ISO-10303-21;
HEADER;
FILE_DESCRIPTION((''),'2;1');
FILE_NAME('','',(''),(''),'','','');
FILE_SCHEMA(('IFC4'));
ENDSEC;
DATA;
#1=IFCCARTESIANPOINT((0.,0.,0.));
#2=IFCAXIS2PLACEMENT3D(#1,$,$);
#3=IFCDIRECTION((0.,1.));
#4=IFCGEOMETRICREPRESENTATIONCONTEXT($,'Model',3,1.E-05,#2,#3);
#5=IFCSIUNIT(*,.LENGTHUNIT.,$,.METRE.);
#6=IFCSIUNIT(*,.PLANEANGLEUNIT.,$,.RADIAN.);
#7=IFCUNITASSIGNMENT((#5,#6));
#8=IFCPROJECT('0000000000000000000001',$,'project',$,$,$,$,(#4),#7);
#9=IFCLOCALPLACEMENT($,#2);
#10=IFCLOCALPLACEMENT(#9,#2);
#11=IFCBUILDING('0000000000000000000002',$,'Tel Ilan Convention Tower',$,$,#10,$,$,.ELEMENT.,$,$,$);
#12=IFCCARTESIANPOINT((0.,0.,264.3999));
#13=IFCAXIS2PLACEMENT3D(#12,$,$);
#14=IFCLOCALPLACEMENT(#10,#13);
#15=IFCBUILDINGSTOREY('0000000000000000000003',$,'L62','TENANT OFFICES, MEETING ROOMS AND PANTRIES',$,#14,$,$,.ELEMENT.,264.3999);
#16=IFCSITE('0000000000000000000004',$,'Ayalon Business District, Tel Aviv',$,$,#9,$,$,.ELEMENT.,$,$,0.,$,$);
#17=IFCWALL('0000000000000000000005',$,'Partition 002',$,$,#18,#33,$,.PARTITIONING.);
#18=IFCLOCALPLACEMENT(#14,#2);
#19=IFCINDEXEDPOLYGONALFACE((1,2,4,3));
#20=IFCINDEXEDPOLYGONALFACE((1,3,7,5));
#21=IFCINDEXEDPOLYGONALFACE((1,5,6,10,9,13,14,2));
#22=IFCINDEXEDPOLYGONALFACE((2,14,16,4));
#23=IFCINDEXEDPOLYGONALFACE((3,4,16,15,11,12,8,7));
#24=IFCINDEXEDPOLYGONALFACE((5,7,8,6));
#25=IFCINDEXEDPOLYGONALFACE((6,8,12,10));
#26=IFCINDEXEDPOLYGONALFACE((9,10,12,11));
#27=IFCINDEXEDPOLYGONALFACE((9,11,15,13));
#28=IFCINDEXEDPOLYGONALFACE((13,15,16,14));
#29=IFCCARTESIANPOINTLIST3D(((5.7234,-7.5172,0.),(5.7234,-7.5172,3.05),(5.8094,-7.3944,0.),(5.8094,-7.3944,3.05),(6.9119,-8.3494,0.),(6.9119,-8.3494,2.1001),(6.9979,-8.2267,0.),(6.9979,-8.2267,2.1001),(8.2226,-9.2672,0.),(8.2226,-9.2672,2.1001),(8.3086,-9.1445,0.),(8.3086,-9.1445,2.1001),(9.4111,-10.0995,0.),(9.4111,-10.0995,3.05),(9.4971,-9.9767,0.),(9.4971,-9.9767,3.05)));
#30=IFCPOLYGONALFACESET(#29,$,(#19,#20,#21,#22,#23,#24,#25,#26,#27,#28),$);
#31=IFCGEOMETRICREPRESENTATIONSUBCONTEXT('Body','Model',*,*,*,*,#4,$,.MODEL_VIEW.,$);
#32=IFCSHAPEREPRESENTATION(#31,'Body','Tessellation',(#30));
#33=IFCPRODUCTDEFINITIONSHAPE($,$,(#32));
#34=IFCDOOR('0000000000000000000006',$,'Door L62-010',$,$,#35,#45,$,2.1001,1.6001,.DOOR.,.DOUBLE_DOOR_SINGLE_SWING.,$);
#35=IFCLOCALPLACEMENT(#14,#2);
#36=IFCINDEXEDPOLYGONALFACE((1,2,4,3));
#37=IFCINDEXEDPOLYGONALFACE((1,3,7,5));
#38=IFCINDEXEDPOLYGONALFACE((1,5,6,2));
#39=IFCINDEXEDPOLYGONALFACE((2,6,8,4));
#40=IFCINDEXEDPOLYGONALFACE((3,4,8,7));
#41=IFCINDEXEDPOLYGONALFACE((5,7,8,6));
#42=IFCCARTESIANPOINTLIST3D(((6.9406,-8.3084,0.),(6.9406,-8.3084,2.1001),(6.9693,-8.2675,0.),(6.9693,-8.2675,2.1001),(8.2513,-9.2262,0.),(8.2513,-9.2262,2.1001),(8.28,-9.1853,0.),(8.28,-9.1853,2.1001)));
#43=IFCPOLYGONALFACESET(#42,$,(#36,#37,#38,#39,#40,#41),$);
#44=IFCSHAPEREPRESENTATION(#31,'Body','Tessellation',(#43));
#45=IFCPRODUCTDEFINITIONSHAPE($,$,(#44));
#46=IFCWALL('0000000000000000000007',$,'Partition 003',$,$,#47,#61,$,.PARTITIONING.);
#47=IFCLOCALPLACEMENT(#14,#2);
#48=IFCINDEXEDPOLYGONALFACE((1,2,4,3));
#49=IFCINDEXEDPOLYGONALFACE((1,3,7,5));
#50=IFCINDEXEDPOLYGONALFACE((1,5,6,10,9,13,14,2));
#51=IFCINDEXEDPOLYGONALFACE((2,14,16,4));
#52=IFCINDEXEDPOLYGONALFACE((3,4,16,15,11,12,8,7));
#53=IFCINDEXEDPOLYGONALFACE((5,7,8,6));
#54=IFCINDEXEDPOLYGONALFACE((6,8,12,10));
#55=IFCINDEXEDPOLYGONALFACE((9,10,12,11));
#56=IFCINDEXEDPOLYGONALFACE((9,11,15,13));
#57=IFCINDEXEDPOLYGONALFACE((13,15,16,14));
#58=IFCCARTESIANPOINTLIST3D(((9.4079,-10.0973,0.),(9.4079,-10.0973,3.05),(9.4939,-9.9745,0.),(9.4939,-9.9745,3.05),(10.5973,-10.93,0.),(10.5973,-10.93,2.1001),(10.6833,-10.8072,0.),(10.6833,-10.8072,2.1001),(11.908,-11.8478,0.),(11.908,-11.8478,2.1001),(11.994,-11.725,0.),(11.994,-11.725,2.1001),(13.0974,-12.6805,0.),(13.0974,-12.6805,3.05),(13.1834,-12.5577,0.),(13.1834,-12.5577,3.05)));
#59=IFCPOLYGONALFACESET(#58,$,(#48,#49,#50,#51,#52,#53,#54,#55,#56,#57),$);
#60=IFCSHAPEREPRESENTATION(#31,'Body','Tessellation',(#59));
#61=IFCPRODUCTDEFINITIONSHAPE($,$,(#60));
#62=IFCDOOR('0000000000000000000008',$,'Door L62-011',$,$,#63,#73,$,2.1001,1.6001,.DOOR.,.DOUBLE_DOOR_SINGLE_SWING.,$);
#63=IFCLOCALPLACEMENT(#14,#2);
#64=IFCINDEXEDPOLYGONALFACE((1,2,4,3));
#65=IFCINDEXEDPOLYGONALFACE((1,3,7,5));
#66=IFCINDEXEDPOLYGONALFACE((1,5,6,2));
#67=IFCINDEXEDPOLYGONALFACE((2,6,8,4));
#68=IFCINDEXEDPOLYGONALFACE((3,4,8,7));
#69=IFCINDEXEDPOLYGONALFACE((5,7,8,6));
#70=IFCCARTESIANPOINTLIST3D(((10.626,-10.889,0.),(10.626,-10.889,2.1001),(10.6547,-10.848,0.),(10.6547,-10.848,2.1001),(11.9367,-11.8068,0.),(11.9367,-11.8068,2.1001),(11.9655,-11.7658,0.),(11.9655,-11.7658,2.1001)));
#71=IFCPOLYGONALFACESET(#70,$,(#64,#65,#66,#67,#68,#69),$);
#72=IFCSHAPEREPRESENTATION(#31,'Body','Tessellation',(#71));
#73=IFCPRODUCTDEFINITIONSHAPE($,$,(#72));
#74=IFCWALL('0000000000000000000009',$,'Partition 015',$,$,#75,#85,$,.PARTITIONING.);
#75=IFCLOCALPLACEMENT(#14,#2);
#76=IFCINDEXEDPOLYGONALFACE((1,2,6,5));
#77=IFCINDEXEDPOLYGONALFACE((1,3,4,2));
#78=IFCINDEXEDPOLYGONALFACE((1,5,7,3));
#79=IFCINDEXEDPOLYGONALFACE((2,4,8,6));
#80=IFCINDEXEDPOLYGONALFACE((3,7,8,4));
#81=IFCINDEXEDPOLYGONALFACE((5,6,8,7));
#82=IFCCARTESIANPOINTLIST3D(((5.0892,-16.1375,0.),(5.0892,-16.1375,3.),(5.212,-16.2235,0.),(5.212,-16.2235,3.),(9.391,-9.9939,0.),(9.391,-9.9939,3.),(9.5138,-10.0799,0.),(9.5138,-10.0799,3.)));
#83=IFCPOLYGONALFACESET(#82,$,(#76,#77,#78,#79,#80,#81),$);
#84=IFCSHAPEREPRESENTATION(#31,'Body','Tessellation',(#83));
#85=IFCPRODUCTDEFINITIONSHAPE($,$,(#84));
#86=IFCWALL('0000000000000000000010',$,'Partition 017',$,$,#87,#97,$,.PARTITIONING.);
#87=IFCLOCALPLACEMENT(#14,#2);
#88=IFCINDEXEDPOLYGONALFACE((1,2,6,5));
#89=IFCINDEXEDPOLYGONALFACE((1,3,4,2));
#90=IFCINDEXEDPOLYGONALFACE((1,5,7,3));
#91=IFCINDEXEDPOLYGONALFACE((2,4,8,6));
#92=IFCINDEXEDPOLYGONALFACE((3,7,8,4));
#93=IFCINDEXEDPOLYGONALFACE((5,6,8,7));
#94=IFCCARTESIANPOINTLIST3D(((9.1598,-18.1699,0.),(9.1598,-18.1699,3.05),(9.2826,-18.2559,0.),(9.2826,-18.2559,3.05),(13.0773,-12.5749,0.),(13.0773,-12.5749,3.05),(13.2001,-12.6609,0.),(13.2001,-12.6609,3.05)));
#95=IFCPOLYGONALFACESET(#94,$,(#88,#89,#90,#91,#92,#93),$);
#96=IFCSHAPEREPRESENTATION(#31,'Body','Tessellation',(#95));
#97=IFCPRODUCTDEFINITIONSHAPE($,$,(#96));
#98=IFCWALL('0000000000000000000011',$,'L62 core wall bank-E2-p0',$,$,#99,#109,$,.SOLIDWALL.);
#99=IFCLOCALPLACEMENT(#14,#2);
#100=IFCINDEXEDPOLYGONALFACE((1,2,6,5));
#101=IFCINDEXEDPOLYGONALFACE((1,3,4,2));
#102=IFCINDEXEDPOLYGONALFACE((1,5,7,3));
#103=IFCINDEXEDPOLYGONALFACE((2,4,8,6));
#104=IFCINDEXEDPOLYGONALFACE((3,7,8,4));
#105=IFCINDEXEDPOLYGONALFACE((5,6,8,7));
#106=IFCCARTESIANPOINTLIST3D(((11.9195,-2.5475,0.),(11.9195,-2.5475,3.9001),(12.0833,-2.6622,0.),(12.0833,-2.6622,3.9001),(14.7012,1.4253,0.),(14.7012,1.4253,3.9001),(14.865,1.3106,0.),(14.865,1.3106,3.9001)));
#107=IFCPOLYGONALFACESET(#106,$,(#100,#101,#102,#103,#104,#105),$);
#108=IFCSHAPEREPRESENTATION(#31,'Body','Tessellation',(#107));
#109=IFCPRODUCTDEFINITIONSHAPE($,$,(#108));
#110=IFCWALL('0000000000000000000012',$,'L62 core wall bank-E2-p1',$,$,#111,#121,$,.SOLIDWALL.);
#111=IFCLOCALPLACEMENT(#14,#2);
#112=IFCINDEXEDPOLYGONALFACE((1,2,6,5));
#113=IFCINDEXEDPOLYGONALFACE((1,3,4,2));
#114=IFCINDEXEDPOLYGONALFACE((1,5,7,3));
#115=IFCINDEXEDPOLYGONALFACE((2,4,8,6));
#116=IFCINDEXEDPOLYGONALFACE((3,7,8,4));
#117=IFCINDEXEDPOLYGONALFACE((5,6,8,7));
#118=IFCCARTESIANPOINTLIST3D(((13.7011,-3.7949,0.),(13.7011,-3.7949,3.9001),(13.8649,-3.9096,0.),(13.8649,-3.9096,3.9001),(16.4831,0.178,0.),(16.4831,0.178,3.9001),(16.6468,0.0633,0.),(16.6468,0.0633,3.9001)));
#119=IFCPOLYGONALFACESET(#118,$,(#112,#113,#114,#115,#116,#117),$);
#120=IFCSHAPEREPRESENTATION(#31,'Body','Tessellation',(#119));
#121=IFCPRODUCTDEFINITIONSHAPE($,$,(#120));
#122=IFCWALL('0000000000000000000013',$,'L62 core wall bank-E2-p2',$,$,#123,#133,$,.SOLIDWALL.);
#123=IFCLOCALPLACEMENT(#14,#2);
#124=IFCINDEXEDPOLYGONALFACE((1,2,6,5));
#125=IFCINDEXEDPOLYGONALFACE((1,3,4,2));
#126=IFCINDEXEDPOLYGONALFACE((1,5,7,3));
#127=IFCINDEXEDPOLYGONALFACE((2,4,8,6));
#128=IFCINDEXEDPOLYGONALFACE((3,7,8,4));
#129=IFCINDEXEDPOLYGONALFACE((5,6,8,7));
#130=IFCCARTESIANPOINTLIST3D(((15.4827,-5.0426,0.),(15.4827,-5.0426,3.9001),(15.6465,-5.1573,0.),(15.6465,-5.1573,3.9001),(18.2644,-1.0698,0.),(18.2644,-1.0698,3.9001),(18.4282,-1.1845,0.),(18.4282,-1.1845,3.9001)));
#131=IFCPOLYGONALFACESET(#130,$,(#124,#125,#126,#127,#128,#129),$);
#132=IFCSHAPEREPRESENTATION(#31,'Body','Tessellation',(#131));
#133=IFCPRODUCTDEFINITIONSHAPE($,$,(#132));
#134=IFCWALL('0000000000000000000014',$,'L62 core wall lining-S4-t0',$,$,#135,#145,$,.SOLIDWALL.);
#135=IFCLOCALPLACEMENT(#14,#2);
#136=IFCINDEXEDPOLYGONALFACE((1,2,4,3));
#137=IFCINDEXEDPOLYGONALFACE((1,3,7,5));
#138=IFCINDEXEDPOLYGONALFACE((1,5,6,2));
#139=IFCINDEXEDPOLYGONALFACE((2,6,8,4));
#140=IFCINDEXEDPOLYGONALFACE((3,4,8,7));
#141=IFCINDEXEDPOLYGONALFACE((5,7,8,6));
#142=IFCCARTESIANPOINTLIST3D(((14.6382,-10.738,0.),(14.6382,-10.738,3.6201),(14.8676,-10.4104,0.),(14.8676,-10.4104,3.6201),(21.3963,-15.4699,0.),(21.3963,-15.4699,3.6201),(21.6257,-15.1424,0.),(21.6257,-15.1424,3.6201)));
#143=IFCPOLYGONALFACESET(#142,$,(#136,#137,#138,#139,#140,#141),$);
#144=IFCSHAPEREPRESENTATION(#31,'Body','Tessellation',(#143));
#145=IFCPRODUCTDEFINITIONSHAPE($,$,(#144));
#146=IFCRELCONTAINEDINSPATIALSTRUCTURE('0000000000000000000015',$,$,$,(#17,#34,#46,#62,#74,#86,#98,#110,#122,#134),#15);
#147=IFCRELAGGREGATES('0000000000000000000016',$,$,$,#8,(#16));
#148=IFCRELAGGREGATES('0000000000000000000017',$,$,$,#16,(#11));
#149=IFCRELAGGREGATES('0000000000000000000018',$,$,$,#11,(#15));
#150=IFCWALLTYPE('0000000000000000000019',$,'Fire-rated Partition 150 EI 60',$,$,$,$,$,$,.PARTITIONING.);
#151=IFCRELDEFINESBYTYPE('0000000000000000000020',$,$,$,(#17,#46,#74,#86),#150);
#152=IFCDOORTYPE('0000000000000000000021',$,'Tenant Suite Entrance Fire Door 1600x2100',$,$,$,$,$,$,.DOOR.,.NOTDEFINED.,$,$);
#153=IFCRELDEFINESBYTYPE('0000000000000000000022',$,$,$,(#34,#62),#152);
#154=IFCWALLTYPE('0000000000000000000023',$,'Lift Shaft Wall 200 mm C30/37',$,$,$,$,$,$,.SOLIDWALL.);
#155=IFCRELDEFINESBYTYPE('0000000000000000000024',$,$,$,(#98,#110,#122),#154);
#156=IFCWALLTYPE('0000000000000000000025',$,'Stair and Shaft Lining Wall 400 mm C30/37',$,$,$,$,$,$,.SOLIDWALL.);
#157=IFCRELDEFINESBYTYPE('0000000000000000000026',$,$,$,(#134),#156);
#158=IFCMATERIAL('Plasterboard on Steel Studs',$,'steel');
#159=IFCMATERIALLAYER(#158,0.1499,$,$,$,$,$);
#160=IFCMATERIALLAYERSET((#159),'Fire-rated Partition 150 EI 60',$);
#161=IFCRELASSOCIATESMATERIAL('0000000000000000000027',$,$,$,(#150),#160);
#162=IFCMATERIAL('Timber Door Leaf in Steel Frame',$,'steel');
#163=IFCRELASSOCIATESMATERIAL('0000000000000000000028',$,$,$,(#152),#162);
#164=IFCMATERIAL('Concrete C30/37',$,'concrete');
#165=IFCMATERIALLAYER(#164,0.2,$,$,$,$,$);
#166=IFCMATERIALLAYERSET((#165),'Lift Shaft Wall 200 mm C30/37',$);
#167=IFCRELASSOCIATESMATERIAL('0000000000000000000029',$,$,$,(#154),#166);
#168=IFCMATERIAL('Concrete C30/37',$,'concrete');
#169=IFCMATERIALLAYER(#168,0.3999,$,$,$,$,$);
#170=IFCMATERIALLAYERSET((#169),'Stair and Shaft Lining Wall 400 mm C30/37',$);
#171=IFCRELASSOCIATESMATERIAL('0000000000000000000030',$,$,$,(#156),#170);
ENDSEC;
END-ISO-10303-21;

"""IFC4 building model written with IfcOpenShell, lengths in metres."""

from ifc_helpers import new_model, si_unit, direction, frame, frame_2d, origin, place, context, subcontext, project, spatial, rectangle, extrude, material, layer, layer_set, type_object, element, fill, save


model = new_model("IFC4")

# Units and contexts
model_context = context("Model", 3, precision=1e-05, world=origin(), true_north=direction((0.0, 1.0)))
body_context = subcontext(model_context, "Body", "Model", "MODEL_VIEW")
ifc_project = project(units=[si_unit("LENGTHUNIT", "METRE"), si_unit("PLANEANGLEUNIT", "RADIAN")], contexts=[model_context])

# Site, building, storey
site_placement = place(None, origin())
site = spatial("IfcSite", under=ifc_project, at=site_placement, Name="Ayalon Business District, Tel Aviv", CompositionType="ELEMENT", RefElevation=0.0)
building_placement = place(site_placement, origin())
building = spatial("IfcBuilding", under=site, at=building_placement, Name="Tel Ilan Convention Tower", CompositionType="ELEMENT")
storey_placement = place(building_placement, frame((0.0, 0.0, 264.3999)))
storey = spatial("IfcBuildingStorey", under=building, at=storey_placement, Name="L62", Description="TENANT OFFICES, MEETING ROOMS AND PANTRIES", CompositionType="ELEMENT", Elevation=264.3999)

# Walls, openings, doors
ifc_material_1 = material(Name="Plasterboard on Steel Studs", Category="steel")
ifc_layer_1 = layer(ifc_material_1, 0.1499)
ifc_layer_set_1 = layer_set([ifc_layer_1], Name="Fire-rated Partition 150 EI 60")
wall_type_1 = type_object("IfcWallType", Name="Fire-rated Partition 150 EI 60", PredefinedType="PARTITIONING", material=ifc_layer_set_1)
wall_1_placement = place(storey_placement, frame((9.4541, -10.0381, 0.0), z_axis=(0.0, 0.0, 1.0), x_axis=(-0.819143, 0.57359, 0.0)))
wall_1 = element("IfcWall", 1, at=wall_1_placement, inside=storey, type_object=wall_type_1, Name="Partition 002", PredefinedType="PARTITIONING", context=body_context, shape_type="SweptSolid", body=[
    extrude(rectangle(XDim=4.502, YDim=0.1499, at=frame_2d((2.251, 0.0))), origin(), (0.0, 0.0, 1.0), 3.05),
])
opening_1_placement = place(wall_1_placement, frame((1.4509, 0.0, 0.0)))
opening_1 = element("IfcOpeningElement", 2, at=opening_1_placement, cuts=wall_1, PredefinedType="OPENING", context=body_context, shape_type="SweptSolid", body=[
    extrude(rectangle(XDim=1.6001, YDim=2.1001, at=frame_2d((0.8, 1.05))), frame((0.0, 0.085, 0.0), z_axis=(0.0, -1.0, 0.0), x_axis=(1.0, 0.0, 0.0)), (0.0, 0.0, 1.0), 0.1699),
])
ifc_material_2 = material(Name="Timber Door Leaf in Steel Frame", Category="steel")
door_type_1 = type_object("IfcDoorType", Name="Tenant Suite Entrance Fire Door 1600x2100", OperationType="NOTDEFINED", PredefinedType="DOOR", material=ifc_material_2)
door_1_placement = place(opening_1_placement, origin())
door_1 = element("IfcDoor", 3, at=door_1_placement, inside=storey, type_object=door_type_1, Name="Door L62-010", OperationType="DOUBLE_DOOR_SINGLE_SWING", OverallHeight=2.1001, OverallWidth=1.6001, PredefinedType="DOOR", context=body_context, shape_type="SweptSolid", body=[
    extrude(rectangle(XDim=1.6001, YDim=2.1001, at=frame_2d((0.8, 1.05))), frame((0.0, 0.0249, 0.0), z_axis=(0.0, -1.0, 0.0), x_axis=(1.0, 0.0, 0.0)), (0.0, 0.0, 1.0), 0.05),
])
fill(opening_1, door_1)
wall_2_placement = place(storey_placement, frame((13.1404, -12.6191, 0.0), z_axis=(0.0, 0.0, 1.0), x_axis=(-0.819166, 0.573557, 0.0)))
wall_2 = element("IfcWall", 4, at=wall_2_placement, inside=storey, type_object=wall_type_1, Name="Partition 003", PredefinedType="PARTITIONING", context=body_context, shape_type="SweptSolid", body=[
    extrude(rectangle(XDim=4.5039, YDim=0.1499, at=frame_2d((2.252, 0.0))), origin(), (0.0, 0.0, 1.0), 3.05),
])
opening_2_placement = place(wall_2_placement, frame((1.4519, 0.0, 0.0)))
opening_2 = element("IfcOpeningElement", 5, at=opening_2_placement, cuts=wall_2, PredefinedType="OPENING", context=body_context, shape_type="SweptSolid", body=[
    extrude(rectangle(XDim=1.6001, YDim=2.1001, at=frame_2d((0.8, 1.05))), frame((0.0, 0.085, 0.0), z_axis=(0.0, -1.0, 0.0), x_axis=(1.0, 0.0, 0.0)), (0.0, 0.0, 1.0), 0.1699),
])
door_2_placement = place(opening_2_placement, origin())
door_2 = element("IfcDoor", 6, at=door_2_placement, inside=storey, type_object=door_type_1, Name="Door L62-011", OperationType="DOUBLE_DOOR_SINGLE_SWING", OverallHeight=2.1001, OverallWidth=1.6001, PredefinedType="DOOR", context=body_context, shape_type="SweptSolid", body=[
    extrude(rectangle(XDim=1.6001, YDim=2.1001, at=frame_2d((0.8, 1.05))), frame((0.0, 0.0249, 0.0), z_axis=(0.0, -1.0, 0.0), x_axis=(1.0, 0.0, 0.0)), (0.0, 0.0, 1.0), 0.05),
])
fill(opening_2, door_2)

# Walls
wall_3_placement = place(storey_placement, frame((9.4524, -10.0369, 0.0), z_axis=(0.0, 0.0, 1.0), x_axis=(-0.573576, -0.819152, 0.0)))
element("IfcWall", 7, at=wall_3_placement, inside=storey, type_object=wall_type_1, Name="Partition 015", PredefinedType="PARTITIONING", context=body_context, shape_type="SweptSolid", body=[
    extrude(rectangle(XDim=7.5, YDim=0.1499, at=frame_2d((3.75, 0.0))), origin(), (0.0, 0.0, 1.0), 3.0),
])
wall_4_placement = place(storey_placement, frame((13.1387, -12.6179, 0.0), z_axis=(0.0, 0.0, 1.0), x_axis=(-0.573561, -0.819163, 0.0)))
element("IfcWall", 8, at=wall_4_placement, inside=storey, type_object=wall_type_1, Name="Partition 017", PredefinedType="PARTITIONING", context=body_context, shape_type="SweptSolid", body=[
    extrude(rectangle(XDim=6.8301, YDim=0.1499, at=frame_2d((3.415, 0.0))), origin(), (0.0, 0.0, 1.0), 3.05),
])
ifc_material_3 = material(Name="Concrete C30/37", Category="concrete")
ifc_layer_2 = layer(ifc_material_3, 0.2)
ifc_layer_set_2 = layer_set([ifc_layer_2], Name="Lift Shaft Wall 200 mm C30/37")
wall_type_2 = type_object("IfcWallType", Name="Lift Shaft Wall 200 mm C30/37", PredefinedType="SOLIDWALL", material=ifc_layer_set_2)
wall_5_placement = place(storey_placement, frame((12.0015, -2.6047, 0.0), z_axis=(0.0, 0.0, 1.0), x_axis=(0.57356, 0.819163, 0.0)))
element("IfcWall", 9, at=wall_5_placement, inside=storey, type_object=wall_type_2, Name="L62 core wall bank-E2-p0", PredefinedType="SOLIDWALL", context=body_context, shape_type="SweptSolid", body=[
    extrude(rectangle(XDim=4.8499, YDim=0.2, at=frame_2d((2.4248, 0.0))), origin(), (0.0, 0.0, 1.0), 3.9001),
])
wall_6_placement = place(storey_placement, frame((13.783, -3.8523, 0.0), z_axis=(0.0, 0.0, 1.0), x_axis=(0.573594, 0.81914, 0.0)))
element("IfcWall", 10, at=wall_6_placement, inside=storey, type_object=wall_type_2, Name="L62 core wall bank-E2-p1", PredefinedType="SOLIDWALL", context=body_context, shape_type="SweptSolid", body=[
    extrude(rectangle(XDim=4.8501, YDim=0.2, at=frame_2d((2.425, 0.0))), origin(), (0.0, 0.0, 1.0), 3.9001),
])
wall_7_placement = place(storey_placement, frame((15.5647, -5.0999, 0.0), z_axis=(0.0, 0.0, 1.0), x_axis=(0.57356, 0.819163, 0.0)))
element("IfcWall", 11, at=wall_7_placement, inside=storey, type_object=wall_type_2, Name="L62 core wall bank-E2-p2", PredefinedType="SOLIDWALL", context=body_context, shape_type="SweptSolid", body=[
    extrude(rectangle(XDim=4.8499, YDim=0.2, at=frame_2d((2.4248, 0.0))), origin(), (0.0, 0.0, 1.0), 3.9001),
])
ifc_material_4 = material(Name="Concrete C30/37", Category="concrete")
ifc_layer_3 = layer(ifc_material_4, 0.3999)
ifc_layer_set_3 = layer_set([ifc_layer_3], Name="Stair and Shaft Lining Wall 400 mm C30/37")
wall_type_3 = type_object("IfcWallType", Name="Stair and Shaft Lining Wall 400 mm C30/37", PredefinedType="SOLIDWALL", material=ifc_layer_set_3)
wall_8_placement = place(storey_placement, frame((14.7529, -10.5742, 0.0), z_axis=(0.0, 0.0, 1.0), x_axis=(0.819158, -0.573568, 0.0)))
element("IfcWall", 12, at=wall_8_placement, inside=storey, type_object=wall_type_3, Name="L62 core wall lining-S4-t0", PredefinedType="SOLIDWALL", context=body_context, shape_type="SweptSolid", body=[
    extrude(rectangle(XDim=8.25, YDim=0.3999, at=frame_2d((4.125, 0.0))), origin(), (0.0, 0.0, 1.0), 3.6201),
])

save(model, "model.ifc")
